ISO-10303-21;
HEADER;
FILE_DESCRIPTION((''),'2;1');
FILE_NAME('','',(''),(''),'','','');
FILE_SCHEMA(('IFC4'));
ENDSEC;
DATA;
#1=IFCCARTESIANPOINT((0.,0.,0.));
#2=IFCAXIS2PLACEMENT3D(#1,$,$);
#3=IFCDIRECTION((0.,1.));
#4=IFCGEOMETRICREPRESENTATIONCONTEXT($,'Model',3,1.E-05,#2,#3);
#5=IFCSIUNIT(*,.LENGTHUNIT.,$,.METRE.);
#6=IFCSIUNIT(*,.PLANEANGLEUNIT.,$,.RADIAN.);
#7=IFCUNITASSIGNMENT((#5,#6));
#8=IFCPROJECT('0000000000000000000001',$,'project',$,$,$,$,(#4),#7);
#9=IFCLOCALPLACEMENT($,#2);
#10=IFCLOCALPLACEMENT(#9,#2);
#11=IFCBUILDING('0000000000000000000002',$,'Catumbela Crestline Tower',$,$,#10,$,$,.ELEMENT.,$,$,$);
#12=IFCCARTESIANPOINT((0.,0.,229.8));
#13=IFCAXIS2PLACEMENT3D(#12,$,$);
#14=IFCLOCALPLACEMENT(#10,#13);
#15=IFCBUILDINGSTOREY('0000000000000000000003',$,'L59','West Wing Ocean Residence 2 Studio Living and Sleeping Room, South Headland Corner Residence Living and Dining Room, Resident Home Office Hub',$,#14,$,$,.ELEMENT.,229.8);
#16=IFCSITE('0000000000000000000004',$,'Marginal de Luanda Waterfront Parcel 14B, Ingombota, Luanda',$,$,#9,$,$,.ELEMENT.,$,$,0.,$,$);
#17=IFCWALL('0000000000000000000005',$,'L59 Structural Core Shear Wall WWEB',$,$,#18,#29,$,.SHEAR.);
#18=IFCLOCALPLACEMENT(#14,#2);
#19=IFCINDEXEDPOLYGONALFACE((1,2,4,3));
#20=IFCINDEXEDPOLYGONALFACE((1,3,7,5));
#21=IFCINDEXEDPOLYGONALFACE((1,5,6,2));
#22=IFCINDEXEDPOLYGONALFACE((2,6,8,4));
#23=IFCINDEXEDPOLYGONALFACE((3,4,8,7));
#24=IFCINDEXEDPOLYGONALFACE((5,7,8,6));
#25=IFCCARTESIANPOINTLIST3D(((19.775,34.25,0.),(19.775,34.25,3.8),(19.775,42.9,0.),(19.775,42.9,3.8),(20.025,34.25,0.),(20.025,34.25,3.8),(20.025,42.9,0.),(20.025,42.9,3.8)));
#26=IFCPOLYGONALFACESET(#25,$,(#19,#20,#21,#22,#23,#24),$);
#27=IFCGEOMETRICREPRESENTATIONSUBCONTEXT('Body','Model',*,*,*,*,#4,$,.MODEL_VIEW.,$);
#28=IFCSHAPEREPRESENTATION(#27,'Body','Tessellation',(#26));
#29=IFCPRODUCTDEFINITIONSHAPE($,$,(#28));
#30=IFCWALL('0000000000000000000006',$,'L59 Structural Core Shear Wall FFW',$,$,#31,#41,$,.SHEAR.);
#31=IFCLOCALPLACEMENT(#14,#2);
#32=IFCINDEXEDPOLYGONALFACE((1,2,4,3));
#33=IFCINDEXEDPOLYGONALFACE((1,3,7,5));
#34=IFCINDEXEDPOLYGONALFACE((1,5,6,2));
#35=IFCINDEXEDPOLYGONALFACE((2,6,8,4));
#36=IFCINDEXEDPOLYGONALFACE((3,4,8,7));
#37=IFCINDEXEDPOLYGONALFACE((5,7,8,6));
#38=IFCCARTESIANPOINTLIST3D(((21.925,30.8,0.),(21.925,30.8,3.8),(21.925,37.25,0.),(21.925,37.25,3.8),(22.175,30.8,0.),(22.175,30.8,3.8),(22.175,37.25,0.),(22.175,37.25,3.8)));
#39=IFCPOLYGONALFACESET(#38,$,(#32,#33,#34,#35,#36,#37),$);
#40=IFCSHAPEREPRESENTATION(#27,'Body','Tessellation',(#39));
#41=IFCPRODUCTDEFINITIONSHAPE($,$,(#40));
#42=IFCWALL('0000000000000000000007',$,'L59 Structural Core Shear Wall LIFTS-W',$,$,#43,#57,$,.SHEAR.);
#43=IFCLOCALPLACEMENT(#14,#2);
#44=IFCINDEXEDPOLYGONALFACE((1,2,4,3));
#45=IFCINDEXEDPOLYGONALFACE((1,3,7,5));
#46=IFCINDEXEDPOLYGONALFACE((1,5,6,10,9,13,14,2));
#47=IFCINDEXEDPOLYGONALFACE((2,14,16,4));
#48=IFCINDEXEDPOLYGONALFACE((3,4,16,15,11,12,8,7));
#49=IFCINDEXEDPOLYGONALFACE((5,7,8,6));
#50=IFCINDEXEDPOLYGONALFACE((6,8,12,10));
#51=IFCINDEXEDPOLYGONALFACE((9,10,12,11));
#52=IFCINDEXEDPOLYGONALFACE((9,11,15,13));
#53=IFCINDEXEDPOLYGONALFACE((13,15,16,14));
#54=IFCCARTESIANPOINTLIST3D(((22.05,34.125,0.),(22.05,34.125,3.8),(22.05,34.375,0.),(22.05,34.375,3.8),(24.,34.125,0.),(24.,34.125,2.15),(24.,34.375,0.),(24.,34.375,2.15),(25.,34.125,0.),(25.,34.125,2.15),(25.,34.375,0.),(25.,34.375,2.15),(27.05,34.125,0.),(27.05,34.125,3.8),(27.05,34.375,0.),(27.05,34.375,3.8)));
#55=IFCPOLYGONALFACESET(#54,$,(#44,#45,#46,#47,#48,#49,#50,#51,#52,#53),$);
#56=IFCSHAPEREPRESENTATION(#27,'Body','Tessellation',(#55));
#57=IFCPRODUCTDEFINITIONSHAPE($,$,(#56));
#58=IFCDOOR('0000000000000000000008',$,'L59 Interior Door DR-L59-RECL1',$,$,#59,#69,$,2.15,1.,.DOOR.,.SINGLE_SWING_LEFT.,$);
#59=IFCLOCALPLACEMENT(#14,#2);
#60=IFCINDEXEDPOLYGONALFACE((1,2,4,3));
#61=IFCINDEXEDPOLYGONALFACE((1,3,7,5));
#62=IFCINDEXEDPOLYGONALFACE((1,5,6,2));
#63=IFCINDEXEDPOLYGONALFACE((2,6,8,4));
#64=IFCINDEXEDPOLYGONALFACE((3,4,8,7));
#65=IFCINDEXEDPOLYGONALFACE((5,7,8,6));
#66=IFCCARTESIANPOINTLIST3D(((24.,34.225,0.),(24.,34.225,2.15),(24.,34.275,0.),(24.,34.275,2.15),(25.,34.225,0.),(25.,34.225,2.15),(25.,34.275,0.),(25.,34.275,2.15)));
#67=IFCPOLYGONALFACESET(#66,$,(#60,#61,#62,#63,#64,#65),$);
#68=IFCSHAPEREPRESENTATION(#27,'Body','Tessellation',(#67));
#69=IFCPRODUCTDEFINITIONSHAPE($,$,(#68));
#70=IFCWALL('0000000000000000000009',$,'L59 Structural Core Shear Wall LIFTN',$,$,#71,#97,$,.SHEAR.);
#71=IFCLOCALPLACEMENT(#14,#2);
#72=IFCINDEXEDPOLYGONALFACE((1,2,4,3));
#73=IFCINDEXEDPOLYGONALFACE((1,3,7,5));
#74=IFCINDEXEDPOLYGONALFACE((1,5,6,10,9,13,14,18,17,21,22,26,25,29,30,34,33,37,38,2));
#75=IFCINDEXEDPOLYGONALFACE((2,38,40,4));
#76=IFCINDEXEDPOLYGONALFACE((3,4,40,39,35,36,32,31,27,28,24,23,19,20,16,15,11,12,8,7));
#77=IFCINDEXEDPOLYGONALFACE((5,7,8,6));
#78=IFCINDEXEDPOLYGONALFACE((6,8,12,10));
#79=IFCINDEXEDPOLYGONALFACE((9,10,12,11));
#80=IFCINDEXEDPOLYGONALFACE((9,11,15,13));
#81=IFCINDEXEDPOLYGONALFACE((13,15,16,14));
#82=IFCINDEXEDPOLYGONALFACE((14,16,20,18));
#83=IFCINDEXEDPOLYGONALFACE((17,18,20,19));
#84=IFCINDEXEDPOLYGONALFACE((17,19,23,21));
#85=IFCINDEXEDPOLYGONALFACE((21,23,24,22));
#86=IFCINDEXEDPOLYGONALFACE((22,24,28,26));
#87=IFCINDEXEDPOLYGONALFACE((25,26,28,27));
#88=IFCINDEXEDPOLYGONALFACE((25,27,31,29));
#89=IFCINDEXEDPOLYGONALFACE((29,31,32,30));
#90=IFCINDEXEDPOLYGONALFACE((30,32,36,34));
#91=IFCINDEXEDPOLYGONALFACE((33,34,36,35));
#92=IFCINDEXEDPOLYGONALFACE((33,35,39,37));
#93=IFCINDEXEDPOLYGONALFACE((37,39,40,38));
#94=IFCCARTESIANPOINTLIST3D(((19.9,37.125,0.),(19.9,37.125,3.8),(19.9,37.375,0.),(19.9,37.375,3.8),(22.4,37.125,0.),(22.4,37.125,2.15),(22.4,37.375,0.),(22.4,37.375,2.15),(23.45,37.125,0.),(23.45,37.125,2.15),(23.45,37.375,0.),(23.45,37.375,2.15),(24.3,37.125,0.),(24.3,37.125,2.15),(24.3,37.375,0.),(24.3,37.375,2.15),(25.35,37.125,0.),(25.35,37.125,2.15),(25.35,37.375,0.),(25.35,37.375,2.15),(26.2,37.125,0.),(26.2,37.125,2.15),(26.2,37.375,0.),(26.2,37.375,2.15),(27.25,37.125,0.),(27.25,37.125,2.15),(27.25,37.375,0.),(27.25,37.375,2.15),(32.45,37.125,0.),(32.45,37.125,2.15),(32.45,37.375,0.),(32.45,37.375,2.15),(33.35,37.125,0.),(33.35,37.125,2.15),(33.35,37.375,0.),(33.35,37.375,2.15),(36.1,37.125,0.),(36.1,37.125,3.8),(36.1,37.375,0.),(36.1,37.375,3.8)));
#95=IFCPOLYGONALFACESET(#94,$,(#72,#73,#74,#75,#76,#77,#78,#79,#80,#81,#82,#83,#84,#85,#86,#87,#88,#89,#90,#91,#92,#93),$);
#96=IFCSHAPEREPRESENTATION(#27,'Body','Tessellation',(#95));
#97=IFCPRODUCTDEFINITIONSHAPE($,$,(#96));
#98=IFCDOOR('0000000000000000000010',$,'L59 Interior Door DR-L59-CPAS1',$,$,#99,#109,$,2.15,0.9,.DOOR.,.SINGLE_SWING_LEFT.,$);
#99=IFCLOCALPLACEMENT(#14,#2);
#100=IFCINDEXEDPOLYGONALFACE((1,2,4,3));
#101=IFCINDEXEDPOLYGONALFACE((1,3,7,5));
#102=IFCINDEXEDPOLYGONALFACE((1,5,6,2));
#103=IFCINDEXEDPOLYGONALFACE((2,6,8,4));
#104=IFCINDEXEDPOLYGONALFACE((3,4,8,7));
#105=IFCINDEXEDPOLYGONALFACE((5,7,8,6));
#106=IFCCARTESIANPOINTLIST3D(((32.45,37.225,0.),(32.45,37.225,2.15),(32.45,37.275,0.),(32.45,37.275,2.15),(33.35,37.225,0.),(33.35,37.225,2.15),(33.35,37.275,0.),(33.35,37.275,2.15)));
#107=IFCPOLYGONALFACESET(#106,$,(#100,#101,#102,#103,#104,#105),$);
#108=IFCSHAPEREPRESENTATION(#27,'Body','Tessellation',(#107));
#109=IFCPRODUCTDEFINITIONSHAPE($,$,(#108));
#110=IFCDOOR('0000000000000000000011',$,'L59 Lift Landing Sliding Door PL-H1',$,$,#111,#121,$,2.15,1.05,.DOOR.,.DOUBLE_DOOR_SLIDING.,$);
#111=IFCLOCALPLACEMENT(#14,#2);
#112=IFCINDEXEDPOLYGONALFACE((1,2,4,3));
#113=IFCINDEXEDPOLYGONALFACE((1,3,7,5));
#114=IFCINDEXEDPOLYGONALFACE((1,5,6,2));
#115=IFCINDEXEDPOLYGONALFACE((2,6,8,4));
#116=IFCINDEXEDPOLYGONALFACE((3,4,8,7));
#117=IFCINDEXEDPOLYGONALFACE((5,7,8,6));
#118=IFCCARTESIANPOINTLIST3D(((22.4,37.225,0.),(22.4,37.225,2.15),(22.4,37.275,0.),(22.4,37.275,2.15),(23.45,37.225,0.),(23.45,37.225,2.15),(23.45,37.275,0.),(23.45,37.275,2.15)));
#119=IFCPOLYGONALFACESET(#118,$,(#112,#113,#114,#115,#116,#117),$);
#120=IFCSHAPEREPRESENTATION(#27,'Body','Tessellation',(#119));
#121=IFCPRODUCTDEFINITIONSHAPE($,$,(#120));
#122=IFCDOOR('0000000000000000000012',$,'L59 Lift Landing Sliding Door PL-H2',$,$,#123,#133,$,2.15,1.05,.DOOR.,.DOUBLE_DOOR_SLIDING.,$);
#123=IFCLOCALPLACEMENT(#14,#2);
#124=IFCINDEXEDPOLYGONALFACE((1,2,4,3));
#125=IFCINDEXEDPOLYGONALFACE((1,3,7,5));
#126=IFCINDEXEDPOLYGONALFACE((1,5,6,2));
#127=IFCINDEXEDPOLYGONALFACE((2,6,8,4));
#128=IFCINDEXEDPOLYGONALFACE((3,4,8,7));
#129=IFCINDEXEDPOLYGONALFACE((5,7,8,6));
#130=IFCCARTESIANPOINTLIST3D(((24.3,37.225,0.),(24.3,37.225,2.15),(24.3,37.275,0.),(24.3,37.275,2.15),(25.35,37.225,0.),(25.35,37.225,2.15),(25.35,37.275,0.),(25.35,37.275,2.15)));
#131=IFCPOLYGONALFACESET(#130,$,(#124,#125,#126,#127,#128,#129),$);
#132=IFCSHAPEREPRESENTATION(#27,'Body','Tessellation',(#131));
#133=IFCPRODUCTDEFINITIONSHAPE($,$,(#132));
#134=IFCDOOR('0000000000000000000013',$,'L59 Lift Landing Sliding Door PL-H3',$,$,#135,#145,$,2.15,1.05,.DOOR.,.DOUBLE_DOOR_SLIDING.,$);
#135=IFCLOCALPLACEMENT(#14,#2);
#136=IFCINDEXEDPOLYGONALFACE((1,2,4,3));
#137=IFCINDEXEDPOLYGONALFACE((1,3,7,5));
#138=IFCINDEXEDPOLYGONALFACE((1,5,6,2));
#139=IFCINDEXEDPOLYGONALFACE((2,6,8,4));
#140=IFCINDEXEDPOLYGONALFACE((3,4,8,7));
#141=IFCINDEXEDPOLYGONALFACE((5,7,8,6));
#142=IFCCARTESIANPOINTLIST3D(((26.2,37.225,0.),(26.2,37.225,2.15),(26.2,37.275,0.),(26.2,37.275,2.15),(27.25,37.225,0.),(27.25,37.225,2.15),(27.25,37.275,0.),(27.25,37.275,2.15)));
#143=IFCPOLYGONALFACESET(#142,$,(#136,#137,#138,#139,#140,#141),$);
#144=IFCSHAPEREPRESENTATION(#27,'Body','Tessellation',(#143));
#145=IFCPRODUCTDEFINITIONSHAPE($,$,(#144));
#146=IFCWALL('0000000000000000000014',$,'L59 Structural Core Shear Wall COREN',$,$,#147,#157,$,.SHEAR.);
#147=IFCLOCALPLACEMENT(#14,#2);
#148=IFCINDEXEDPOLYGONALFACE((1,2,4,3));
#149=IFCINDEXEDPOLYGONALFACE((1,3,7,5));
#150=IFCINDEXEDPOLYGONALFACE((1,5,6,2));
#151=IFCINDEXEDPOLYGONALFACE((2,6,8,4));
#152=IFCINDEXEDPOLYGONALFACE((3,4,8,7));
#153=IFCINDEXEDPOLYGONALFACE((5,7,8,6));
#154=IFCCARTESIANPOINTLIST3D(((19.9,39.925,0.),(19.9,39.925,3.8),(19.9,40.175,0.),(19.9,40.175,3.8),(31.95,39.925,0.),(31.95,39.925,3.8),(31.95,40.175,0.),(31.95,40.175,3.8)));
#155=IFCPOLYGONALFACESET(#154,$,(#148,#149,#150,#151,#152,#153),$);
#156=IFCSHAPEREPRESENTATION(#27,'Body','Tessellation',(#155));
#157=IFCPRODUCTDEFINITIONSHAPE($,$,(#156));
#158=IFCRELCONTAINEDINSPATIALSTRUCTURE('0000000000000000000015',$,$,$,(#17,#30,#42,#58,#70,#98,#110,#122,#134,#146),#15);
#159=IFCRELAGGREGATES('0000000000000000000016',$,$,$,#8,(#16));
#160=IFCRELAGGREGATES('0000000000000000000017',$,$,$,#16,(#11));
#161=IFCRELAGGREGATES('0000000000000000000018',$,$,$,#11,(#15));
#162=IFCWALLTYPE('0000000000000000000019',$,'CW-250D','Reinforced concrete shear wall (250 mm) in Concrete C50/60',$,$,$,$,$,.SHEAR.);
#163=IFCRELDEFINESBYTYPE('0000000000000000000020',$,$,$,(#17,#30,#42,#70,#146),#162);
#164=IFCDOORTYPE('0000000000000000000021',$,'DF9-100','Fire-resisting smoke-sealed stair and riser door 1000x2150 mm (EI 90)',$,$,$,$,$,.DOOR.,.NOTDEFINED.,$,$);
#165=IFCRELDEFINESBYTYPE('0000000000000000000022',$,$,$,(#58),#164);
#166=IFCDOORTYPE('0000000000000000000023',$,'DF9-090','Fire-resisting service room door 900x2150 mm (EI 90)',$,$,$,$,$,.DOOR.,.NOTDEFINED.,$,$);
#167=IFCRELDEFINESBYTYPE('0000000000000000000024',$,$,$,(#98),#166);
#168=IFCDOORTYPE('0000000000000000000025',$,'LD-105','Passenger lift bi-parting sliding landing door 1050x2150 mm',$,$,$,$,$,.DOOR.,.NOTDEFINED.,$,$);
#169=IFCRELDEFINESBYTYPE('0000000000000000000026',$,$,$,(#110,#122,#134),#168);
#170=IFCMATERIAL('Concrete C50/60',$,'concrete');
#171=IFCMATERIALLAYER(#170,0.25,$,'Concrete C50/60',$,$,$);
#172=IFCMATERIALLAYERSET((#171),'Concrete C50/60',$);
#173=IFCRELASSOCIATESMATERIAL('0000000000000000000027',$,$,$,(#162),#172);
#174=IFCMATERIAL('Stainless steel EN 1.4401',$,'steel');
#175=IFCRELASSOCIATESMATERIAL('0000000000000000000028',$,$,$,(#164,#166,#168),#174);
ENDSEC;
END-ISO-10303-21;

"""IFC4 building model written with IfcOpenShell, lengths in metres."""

from ifc_helpers import new_model, si_unit, direction, frame, frame_2d, origin, place, context, subcontext, project, spatial, rectangle, extrude, material, layer, layer_set, type_object, element, fill, save


model = new_model("IFC4")

# Units and contexts
model_context = context("Model", 3, precision=1e-05, world=origin(), true_north=direction((0.0, 1.0)))
body_context = subcontext(model_context, "Body", "Model", "MODEL_VIEW")
ifc_project = project(units=[si_unit("LENGTHUNIT", "METRE"), si_unit("PLANEANGLEUNIT", "RADIAN")], contexts=[model_context])

# Site, building, storey
site_placement = place(None, origin())
site = spatial("IfcSite", under=ifc_project, at=site_placement, Name="Marginal de Luanda Waterfront Parcel 14B, Ingombota, Luanda", CompositionType="ELEMENT", RefElevation=0.0)
building_placement = place(site_placement, origin())
building = spatial("IfcBuilding", under=site, at=building_placement, Name="Catumbela Crestline Tower", CompositionType="ELEMENT")
storey_placement = place(building_placement, frame((0.0, 0.0, 229.8)))
storey = spatial("IfcBuildingStorey", under=building, at=storey_placement, Name="L59", Description="West Wing Ocean Residence 2 Studio Living and Sleeping Room, South Headland Corner Residence Living and Dining Room, Resident Home Office Hub", CompositionType="ELEMENT", Elevation=229.8)

# Walls
ifc_material_1 = material(Name="Concrete C50/60", Category="concrete")
ifc_layer_1 = layer(ifc_material_1, 0.25, Name="Concrete C50/60")
ifc_layer_set_1 = layer_set([ifc_layer_1], Name="Concrete C50/60")
wall_type_1 = type_object("IfcWallType", Name="CW-250D", Description="Reinforced concrete shear wall (250 mm) in Concrete C50/60", PredefinedType="SHEAR", material=ifc_layer_set_1)
wall_1_placement = place(storey_placement, frame((19.9, 34.25, 0.0), z_axis=(0.0, 0.0, 1.0), x_axis=(0.0, 1.0, 0.0)))
element("IfcWall", 1, at=wall_1_placement, inside=storey, type_object=wall_type_1, Name="L59 Structural Core Shear Wall WWEB", PredefinedType="SHEAR", context=body_context, shape_type="SweptSolid", body=[
    extrude(rectangle(XDim=8.65, YDim=0.25, at=frame_2d((4.325, 0.0))), origin(), (0.0, 0.0, 1.0), 3.8),
])
wall_2_placement = place(storey_placement, frame((22.05, 30.8, 0.0), z_axis=(0.0, 0.0, 1.0), x_axis=(0.0, 1.0, 0.0)))
element("IfcWall", 2, at=wall_2_placement, inside=storey, type_object=wall_type_1, Name="L59 Structural Core Shear Wall FFW", PredefinedType="SHEAR", context=body_context, shape_type="SweptSolid", body=[
    extrude(rectangle(XDim=6.45, YDim=0.25, at=frame_2d((3.225, 0.0))), origin(), (0.0, 0.0, 1.0), 3.8),
])

# Wall, opening, door
wall_3_placement = place(storey_placement, frame((22.05, 34.25, 0.0), z_axis=(0.0, 0.0, 1.0), x_axis=(1.0, 0.0, 0.0)))
wall_3 = element("IfcWall", 3, at=wall_3_placement, inside=storey, type_object=wall_type_1, Name="L59 Structural Core Shear Wall LIFTS-W", PredefinedType="SHEAR", context=body_context, shape_type="SweptSolid", body=[
    extrude(rectangle(XDim=5.0, YDim=0.25, at=frame_2d((2.5, 0.0))), origin(), (0.0, 0.0, 1.0), 3.8),
])
opening_1_placement = place(wall_3_placement, frame((1.95, 0.0, 0.0)))
opening_1 = element("IfcOpeningElement", 4, at=opening_1_placement, cuts=wall_3, PredefinedType="OPENING", context=body_context, shape_type="SweptSolid", body=[
    extrude(rectangle(XDim=1.0, YDim=2.15, at=frame_2d((0.5, 1.075))), frame((0.0, 0.135, 0.0), z_axis=(0.0, -1.0, 0.0), x_axis=(1.0, 0.0, 0.0)), (0.0, 0.0, 1.0), 0.27),
])
ifc_material_2 = material(Name="Stainless steel EN 1.4401", Category="steel")
door_type_1 = type_object("IfcDoorType", Name="DF9-100", Description="Fire-resisting smoke-sealed stair and riser door 1000x2150 mm (EI 90)", OperationType="NOTDEFINED", PredefinedType="DOOR", material=ifc_material_2)
door_1_placement = place(opening_1_placement, origin())
door_1 = element("IfcDoor", 5, at=door_1_placement, inside=storey, type_object=door_type_1, Name="L59 Interior Door DR-L59-RECL1", OperationType="SINGLE_SWING_LEFT", OverallHeight=2.15, OverallWidth=1.0, PredefinedType="DOOR", context=body_context, shape_type="SweptSolid", body=[
    extrude(rectangle(XDim=1.0, YDim=2.15, at=frame_2d((0.5, 1.075))), frame((0.0, 0.025, 0.0), z_axis=(0.0, -1.0, 0.0), x_axis=(1.0, 0.0, 0.0)), (0.0, 0.0, 1.0), 0.05),
])
fill(opening_1, door_1)

# Wall, openings, doors
wall_4_placement = place(storey_placement, frame((19.9, 37.25, 0.0), z_axis=(0.0, 0.0, 1.0), x_axis=(1.0, 0.0, 0.0)))
wall_4 = element("IfcWall", 6, at=wall_4_placement, inside=storey, type_object=wall_type_1, Name="L59 Structural Core Shear Wall LIFTN", PredefinedType="SHEAR", context=body_context, shape_type="SweptSolid", body=[
    extrude(rectangle(XDim=16.2, YDim=0.25, at=frame_2d((8.1, 0.0))), origin(), (0.0, 0.0, 1.0), 3.8),
])
opening_2_placement = place(wall_4_placement, frame((12.55, 0.0, 0.0)))
opening_2 = element("IfcOpeningElement", 7, at=opening_2_placement, cuts=wall_4, PredefinedType="OPENING", context=body_context, shape_type="SweptSolid", body=[
    extrude(rectangle(XDim=0.9, YDim=2.15, at=frame_2d((0.45, 1.075))), frame((0.0, 0.135, 0.0), z_axis=(0.0, -1.0, 0.0), x_axis=(1.0, 0.0, 0.0)), (0.0, 0.0, 1.0), 0.27),
])
opening_3_placement = place(wall_4_placement, frame((2.5, 0.0, 0.0)))
opening_3 = element("IfcOpeningElement", 8, at=opening_3_placement, cuts=wall_4, PredefinedType="OPENING", context=body_context, shape_type="SweptSolid", body=[
    extrude(rectangle(XDim=1.05, YDim=2.15, at=frame_2d((0.525, 1.075))), frame((0.0, 0.135, 0.0), z_axis=(0.0, -1.0, 0.0), x_axis=(1.0, 0.0, 0.0)), (0.0, 0.0, 1.0), 0.27),
])
opening_4_placement = place(wall_4_placement, frame((4.4, 0.0, 0.0)))
opening_4 = element("IfcOpeningElement", 9, at=opening_4_placement, cuts=wall_4, PredefinedType="OPENING", context=body_context, shape_type="SweptSolid", body=[
    extrude(rectangle(XDim=1.05, YDim=2.15, at=frame_2d((0.525, 1.075))), frame((0.0, 0.135, 0.0), z_axis=(0.0, -1.0, 0.0), x_axis=(1.0, 0.0, 0.0)), (0.0, 0.0, 1.0), 0.27),
])
opening_5_placement = place(wall_4_placement, frame((6.3, 0.0, 0.0)))
opening_5 = element("IfcOpeningElement", 10, at=opening_5_placement, cuts=wall_4, PredefinedType="OPENING", context=body_context, shape_type="SweptSolid", body=[
    extrude(rectangle(XDim=1.05, YDim=2.15, at=frame_2d((0.525, 1.075))), frame((0.0, 0.135, 0.0), z_axis=(0.0, -1.0, 0.0), x_axis=(1.0, 0.0, 0.0)), (0.0, 0.0, 1.0), 0.27),
])
door_type_2 = type_object("IfcDoorType", Name="DF9-090", Description="Fire-resisting service room door 900x2150 mm (EI 90)", OperationType="NOTDEFINED", PredefinedType="DOOR", material=ifc_material_2)
door_2_placement = place(opening_2_placement, origin())
door_2 = element("IfcDoor", 11, at=door_2_placement, inside=storey, type_object=door_type_2, Name="L59 Interior Door DR-L59-CPAS1", OperationType="SINGLE_SWING_LEFT", OverallHeight=2.15, OverallWidth=0.9, PredefinedType="DOOR", context=body_context, shape_type="SweptSolid", body=[
    extrude(rectangle(XDim=0.9, YDim=2.15, at=frame_2d((0.45, 1.075))), frame((0.0, 0.025, 0.0), z_axis=(0.0, -1.0, 0.0), x_axis=(1.0, 0.0, 0.0)), (0.0, 0.0, 1.0), 0.05),
])
fill(opening_2, door_2)
door_type_3 = type_object("IfcDoorType", Name="LD-105", Description="Passenger lift bi-parting sliding landing door 1050x2150 mm", OperationType="NOTDEFINED", PredefinedType="DOOR", material=ifc_material_2)
door_3_placement = place(opening_3_placement, origin())
door_3 = element("IfcDoor", 12, at=door_3_placement, inside=storey, type_object=door_type_3, Name="L59 Lift Landing Sliding Door PL-H1", OperationType="DOUBLE_DOOR_SLIDING", OverallHeight=2.15, OverallWidth=1.05, PredefinedType="DOOR", context=body_context, shape_type="SweptSolid", body=[
    extrude(rectangle(XDim=1.05, YDim=2.15, at=frame_2d((0.525, 1.075))), frame((0.0, 0.025, 0.0), z_axis=(0.0, -1.0, 0.0), x_axis=(1.0, 0.0, 0.0)), (0.0, 0.0, 1.0), 0.05),
])
fill(opening_3, door_3)
door_4_placement = place(opening_4_placement, origin())
door_4 = element("IfcDoor", 13, at=door_4_placement, inside=storey, type_object=door_type_3, Name="L59 Lift Landing Sliding Door PL-H2", OperationType="DOUBLE_DOOR_SLIDING", OverallHeight=2.15, OverallWidth=1.05, PredefinedType="DOOR", context=body_context, shape_type="SweptSolid", body=[
    extrude(rectangle(XDim=1.05, YDim=2.15, at=frame_2d((0.525, 1.075))), frame((0.0, 0.025, 0.0), z_axis=(0.0, -1.0, 0.0), x_axis=(1.0, 0.0, 0.0)), (0.0, 0.0, 1.0), 0.05),
])
fill(opening_4, door_4)
door_5_placement = place(opening_5_placement, origin())
door_5 = element("IfcDoor", 14, at=door_5_placement, inside=storey, type_object=door_type_3, Name="L59 Lift Landing Sliding Door PL-H3", OperationType="DOUBLE_DOOR_SLIDING", OverallHeight=2.15, OverallWidth=1.05, PredefinedType="DOOR", context=body_context, shape_type="SweptSolid", body=[
    extrude(rectangle(XDim=1.05, YDim=2.15, at=frame_2d((0.525, 1.075))), frame((0.0, 0.025, 0.0), z_axis=(0.0, -1.0, 0.0), x_axis=(1.0, 0.0, 0.0)), (0.0, 0.0, 1.0), 0.05),
])
fill(opening_5, door_5)

# Wall
wall_5_placement = place(storey_placement, frame((19.9, 40.05, 0.0), z_axis=(0.0, 0.0, 1.0), x_axis=(1.0, 0.0, 0.0)))
element("IfcWall", 15, at=wall_5_placement, inside=storey, type_object=wall_type_1, Name="L59 Structural Core Shear Wall COREN", PredefinedType="SHEAR", context=body_context, shape_type="SweptSolid", body=[
    extrude(rectangle(XDim=12.05, YDim=0.25, at=frame_2d((6.025, 0.0))), origin(), (0.0, 0.0, 1.0), 3.8),
])

save(model, "model.ifc")
